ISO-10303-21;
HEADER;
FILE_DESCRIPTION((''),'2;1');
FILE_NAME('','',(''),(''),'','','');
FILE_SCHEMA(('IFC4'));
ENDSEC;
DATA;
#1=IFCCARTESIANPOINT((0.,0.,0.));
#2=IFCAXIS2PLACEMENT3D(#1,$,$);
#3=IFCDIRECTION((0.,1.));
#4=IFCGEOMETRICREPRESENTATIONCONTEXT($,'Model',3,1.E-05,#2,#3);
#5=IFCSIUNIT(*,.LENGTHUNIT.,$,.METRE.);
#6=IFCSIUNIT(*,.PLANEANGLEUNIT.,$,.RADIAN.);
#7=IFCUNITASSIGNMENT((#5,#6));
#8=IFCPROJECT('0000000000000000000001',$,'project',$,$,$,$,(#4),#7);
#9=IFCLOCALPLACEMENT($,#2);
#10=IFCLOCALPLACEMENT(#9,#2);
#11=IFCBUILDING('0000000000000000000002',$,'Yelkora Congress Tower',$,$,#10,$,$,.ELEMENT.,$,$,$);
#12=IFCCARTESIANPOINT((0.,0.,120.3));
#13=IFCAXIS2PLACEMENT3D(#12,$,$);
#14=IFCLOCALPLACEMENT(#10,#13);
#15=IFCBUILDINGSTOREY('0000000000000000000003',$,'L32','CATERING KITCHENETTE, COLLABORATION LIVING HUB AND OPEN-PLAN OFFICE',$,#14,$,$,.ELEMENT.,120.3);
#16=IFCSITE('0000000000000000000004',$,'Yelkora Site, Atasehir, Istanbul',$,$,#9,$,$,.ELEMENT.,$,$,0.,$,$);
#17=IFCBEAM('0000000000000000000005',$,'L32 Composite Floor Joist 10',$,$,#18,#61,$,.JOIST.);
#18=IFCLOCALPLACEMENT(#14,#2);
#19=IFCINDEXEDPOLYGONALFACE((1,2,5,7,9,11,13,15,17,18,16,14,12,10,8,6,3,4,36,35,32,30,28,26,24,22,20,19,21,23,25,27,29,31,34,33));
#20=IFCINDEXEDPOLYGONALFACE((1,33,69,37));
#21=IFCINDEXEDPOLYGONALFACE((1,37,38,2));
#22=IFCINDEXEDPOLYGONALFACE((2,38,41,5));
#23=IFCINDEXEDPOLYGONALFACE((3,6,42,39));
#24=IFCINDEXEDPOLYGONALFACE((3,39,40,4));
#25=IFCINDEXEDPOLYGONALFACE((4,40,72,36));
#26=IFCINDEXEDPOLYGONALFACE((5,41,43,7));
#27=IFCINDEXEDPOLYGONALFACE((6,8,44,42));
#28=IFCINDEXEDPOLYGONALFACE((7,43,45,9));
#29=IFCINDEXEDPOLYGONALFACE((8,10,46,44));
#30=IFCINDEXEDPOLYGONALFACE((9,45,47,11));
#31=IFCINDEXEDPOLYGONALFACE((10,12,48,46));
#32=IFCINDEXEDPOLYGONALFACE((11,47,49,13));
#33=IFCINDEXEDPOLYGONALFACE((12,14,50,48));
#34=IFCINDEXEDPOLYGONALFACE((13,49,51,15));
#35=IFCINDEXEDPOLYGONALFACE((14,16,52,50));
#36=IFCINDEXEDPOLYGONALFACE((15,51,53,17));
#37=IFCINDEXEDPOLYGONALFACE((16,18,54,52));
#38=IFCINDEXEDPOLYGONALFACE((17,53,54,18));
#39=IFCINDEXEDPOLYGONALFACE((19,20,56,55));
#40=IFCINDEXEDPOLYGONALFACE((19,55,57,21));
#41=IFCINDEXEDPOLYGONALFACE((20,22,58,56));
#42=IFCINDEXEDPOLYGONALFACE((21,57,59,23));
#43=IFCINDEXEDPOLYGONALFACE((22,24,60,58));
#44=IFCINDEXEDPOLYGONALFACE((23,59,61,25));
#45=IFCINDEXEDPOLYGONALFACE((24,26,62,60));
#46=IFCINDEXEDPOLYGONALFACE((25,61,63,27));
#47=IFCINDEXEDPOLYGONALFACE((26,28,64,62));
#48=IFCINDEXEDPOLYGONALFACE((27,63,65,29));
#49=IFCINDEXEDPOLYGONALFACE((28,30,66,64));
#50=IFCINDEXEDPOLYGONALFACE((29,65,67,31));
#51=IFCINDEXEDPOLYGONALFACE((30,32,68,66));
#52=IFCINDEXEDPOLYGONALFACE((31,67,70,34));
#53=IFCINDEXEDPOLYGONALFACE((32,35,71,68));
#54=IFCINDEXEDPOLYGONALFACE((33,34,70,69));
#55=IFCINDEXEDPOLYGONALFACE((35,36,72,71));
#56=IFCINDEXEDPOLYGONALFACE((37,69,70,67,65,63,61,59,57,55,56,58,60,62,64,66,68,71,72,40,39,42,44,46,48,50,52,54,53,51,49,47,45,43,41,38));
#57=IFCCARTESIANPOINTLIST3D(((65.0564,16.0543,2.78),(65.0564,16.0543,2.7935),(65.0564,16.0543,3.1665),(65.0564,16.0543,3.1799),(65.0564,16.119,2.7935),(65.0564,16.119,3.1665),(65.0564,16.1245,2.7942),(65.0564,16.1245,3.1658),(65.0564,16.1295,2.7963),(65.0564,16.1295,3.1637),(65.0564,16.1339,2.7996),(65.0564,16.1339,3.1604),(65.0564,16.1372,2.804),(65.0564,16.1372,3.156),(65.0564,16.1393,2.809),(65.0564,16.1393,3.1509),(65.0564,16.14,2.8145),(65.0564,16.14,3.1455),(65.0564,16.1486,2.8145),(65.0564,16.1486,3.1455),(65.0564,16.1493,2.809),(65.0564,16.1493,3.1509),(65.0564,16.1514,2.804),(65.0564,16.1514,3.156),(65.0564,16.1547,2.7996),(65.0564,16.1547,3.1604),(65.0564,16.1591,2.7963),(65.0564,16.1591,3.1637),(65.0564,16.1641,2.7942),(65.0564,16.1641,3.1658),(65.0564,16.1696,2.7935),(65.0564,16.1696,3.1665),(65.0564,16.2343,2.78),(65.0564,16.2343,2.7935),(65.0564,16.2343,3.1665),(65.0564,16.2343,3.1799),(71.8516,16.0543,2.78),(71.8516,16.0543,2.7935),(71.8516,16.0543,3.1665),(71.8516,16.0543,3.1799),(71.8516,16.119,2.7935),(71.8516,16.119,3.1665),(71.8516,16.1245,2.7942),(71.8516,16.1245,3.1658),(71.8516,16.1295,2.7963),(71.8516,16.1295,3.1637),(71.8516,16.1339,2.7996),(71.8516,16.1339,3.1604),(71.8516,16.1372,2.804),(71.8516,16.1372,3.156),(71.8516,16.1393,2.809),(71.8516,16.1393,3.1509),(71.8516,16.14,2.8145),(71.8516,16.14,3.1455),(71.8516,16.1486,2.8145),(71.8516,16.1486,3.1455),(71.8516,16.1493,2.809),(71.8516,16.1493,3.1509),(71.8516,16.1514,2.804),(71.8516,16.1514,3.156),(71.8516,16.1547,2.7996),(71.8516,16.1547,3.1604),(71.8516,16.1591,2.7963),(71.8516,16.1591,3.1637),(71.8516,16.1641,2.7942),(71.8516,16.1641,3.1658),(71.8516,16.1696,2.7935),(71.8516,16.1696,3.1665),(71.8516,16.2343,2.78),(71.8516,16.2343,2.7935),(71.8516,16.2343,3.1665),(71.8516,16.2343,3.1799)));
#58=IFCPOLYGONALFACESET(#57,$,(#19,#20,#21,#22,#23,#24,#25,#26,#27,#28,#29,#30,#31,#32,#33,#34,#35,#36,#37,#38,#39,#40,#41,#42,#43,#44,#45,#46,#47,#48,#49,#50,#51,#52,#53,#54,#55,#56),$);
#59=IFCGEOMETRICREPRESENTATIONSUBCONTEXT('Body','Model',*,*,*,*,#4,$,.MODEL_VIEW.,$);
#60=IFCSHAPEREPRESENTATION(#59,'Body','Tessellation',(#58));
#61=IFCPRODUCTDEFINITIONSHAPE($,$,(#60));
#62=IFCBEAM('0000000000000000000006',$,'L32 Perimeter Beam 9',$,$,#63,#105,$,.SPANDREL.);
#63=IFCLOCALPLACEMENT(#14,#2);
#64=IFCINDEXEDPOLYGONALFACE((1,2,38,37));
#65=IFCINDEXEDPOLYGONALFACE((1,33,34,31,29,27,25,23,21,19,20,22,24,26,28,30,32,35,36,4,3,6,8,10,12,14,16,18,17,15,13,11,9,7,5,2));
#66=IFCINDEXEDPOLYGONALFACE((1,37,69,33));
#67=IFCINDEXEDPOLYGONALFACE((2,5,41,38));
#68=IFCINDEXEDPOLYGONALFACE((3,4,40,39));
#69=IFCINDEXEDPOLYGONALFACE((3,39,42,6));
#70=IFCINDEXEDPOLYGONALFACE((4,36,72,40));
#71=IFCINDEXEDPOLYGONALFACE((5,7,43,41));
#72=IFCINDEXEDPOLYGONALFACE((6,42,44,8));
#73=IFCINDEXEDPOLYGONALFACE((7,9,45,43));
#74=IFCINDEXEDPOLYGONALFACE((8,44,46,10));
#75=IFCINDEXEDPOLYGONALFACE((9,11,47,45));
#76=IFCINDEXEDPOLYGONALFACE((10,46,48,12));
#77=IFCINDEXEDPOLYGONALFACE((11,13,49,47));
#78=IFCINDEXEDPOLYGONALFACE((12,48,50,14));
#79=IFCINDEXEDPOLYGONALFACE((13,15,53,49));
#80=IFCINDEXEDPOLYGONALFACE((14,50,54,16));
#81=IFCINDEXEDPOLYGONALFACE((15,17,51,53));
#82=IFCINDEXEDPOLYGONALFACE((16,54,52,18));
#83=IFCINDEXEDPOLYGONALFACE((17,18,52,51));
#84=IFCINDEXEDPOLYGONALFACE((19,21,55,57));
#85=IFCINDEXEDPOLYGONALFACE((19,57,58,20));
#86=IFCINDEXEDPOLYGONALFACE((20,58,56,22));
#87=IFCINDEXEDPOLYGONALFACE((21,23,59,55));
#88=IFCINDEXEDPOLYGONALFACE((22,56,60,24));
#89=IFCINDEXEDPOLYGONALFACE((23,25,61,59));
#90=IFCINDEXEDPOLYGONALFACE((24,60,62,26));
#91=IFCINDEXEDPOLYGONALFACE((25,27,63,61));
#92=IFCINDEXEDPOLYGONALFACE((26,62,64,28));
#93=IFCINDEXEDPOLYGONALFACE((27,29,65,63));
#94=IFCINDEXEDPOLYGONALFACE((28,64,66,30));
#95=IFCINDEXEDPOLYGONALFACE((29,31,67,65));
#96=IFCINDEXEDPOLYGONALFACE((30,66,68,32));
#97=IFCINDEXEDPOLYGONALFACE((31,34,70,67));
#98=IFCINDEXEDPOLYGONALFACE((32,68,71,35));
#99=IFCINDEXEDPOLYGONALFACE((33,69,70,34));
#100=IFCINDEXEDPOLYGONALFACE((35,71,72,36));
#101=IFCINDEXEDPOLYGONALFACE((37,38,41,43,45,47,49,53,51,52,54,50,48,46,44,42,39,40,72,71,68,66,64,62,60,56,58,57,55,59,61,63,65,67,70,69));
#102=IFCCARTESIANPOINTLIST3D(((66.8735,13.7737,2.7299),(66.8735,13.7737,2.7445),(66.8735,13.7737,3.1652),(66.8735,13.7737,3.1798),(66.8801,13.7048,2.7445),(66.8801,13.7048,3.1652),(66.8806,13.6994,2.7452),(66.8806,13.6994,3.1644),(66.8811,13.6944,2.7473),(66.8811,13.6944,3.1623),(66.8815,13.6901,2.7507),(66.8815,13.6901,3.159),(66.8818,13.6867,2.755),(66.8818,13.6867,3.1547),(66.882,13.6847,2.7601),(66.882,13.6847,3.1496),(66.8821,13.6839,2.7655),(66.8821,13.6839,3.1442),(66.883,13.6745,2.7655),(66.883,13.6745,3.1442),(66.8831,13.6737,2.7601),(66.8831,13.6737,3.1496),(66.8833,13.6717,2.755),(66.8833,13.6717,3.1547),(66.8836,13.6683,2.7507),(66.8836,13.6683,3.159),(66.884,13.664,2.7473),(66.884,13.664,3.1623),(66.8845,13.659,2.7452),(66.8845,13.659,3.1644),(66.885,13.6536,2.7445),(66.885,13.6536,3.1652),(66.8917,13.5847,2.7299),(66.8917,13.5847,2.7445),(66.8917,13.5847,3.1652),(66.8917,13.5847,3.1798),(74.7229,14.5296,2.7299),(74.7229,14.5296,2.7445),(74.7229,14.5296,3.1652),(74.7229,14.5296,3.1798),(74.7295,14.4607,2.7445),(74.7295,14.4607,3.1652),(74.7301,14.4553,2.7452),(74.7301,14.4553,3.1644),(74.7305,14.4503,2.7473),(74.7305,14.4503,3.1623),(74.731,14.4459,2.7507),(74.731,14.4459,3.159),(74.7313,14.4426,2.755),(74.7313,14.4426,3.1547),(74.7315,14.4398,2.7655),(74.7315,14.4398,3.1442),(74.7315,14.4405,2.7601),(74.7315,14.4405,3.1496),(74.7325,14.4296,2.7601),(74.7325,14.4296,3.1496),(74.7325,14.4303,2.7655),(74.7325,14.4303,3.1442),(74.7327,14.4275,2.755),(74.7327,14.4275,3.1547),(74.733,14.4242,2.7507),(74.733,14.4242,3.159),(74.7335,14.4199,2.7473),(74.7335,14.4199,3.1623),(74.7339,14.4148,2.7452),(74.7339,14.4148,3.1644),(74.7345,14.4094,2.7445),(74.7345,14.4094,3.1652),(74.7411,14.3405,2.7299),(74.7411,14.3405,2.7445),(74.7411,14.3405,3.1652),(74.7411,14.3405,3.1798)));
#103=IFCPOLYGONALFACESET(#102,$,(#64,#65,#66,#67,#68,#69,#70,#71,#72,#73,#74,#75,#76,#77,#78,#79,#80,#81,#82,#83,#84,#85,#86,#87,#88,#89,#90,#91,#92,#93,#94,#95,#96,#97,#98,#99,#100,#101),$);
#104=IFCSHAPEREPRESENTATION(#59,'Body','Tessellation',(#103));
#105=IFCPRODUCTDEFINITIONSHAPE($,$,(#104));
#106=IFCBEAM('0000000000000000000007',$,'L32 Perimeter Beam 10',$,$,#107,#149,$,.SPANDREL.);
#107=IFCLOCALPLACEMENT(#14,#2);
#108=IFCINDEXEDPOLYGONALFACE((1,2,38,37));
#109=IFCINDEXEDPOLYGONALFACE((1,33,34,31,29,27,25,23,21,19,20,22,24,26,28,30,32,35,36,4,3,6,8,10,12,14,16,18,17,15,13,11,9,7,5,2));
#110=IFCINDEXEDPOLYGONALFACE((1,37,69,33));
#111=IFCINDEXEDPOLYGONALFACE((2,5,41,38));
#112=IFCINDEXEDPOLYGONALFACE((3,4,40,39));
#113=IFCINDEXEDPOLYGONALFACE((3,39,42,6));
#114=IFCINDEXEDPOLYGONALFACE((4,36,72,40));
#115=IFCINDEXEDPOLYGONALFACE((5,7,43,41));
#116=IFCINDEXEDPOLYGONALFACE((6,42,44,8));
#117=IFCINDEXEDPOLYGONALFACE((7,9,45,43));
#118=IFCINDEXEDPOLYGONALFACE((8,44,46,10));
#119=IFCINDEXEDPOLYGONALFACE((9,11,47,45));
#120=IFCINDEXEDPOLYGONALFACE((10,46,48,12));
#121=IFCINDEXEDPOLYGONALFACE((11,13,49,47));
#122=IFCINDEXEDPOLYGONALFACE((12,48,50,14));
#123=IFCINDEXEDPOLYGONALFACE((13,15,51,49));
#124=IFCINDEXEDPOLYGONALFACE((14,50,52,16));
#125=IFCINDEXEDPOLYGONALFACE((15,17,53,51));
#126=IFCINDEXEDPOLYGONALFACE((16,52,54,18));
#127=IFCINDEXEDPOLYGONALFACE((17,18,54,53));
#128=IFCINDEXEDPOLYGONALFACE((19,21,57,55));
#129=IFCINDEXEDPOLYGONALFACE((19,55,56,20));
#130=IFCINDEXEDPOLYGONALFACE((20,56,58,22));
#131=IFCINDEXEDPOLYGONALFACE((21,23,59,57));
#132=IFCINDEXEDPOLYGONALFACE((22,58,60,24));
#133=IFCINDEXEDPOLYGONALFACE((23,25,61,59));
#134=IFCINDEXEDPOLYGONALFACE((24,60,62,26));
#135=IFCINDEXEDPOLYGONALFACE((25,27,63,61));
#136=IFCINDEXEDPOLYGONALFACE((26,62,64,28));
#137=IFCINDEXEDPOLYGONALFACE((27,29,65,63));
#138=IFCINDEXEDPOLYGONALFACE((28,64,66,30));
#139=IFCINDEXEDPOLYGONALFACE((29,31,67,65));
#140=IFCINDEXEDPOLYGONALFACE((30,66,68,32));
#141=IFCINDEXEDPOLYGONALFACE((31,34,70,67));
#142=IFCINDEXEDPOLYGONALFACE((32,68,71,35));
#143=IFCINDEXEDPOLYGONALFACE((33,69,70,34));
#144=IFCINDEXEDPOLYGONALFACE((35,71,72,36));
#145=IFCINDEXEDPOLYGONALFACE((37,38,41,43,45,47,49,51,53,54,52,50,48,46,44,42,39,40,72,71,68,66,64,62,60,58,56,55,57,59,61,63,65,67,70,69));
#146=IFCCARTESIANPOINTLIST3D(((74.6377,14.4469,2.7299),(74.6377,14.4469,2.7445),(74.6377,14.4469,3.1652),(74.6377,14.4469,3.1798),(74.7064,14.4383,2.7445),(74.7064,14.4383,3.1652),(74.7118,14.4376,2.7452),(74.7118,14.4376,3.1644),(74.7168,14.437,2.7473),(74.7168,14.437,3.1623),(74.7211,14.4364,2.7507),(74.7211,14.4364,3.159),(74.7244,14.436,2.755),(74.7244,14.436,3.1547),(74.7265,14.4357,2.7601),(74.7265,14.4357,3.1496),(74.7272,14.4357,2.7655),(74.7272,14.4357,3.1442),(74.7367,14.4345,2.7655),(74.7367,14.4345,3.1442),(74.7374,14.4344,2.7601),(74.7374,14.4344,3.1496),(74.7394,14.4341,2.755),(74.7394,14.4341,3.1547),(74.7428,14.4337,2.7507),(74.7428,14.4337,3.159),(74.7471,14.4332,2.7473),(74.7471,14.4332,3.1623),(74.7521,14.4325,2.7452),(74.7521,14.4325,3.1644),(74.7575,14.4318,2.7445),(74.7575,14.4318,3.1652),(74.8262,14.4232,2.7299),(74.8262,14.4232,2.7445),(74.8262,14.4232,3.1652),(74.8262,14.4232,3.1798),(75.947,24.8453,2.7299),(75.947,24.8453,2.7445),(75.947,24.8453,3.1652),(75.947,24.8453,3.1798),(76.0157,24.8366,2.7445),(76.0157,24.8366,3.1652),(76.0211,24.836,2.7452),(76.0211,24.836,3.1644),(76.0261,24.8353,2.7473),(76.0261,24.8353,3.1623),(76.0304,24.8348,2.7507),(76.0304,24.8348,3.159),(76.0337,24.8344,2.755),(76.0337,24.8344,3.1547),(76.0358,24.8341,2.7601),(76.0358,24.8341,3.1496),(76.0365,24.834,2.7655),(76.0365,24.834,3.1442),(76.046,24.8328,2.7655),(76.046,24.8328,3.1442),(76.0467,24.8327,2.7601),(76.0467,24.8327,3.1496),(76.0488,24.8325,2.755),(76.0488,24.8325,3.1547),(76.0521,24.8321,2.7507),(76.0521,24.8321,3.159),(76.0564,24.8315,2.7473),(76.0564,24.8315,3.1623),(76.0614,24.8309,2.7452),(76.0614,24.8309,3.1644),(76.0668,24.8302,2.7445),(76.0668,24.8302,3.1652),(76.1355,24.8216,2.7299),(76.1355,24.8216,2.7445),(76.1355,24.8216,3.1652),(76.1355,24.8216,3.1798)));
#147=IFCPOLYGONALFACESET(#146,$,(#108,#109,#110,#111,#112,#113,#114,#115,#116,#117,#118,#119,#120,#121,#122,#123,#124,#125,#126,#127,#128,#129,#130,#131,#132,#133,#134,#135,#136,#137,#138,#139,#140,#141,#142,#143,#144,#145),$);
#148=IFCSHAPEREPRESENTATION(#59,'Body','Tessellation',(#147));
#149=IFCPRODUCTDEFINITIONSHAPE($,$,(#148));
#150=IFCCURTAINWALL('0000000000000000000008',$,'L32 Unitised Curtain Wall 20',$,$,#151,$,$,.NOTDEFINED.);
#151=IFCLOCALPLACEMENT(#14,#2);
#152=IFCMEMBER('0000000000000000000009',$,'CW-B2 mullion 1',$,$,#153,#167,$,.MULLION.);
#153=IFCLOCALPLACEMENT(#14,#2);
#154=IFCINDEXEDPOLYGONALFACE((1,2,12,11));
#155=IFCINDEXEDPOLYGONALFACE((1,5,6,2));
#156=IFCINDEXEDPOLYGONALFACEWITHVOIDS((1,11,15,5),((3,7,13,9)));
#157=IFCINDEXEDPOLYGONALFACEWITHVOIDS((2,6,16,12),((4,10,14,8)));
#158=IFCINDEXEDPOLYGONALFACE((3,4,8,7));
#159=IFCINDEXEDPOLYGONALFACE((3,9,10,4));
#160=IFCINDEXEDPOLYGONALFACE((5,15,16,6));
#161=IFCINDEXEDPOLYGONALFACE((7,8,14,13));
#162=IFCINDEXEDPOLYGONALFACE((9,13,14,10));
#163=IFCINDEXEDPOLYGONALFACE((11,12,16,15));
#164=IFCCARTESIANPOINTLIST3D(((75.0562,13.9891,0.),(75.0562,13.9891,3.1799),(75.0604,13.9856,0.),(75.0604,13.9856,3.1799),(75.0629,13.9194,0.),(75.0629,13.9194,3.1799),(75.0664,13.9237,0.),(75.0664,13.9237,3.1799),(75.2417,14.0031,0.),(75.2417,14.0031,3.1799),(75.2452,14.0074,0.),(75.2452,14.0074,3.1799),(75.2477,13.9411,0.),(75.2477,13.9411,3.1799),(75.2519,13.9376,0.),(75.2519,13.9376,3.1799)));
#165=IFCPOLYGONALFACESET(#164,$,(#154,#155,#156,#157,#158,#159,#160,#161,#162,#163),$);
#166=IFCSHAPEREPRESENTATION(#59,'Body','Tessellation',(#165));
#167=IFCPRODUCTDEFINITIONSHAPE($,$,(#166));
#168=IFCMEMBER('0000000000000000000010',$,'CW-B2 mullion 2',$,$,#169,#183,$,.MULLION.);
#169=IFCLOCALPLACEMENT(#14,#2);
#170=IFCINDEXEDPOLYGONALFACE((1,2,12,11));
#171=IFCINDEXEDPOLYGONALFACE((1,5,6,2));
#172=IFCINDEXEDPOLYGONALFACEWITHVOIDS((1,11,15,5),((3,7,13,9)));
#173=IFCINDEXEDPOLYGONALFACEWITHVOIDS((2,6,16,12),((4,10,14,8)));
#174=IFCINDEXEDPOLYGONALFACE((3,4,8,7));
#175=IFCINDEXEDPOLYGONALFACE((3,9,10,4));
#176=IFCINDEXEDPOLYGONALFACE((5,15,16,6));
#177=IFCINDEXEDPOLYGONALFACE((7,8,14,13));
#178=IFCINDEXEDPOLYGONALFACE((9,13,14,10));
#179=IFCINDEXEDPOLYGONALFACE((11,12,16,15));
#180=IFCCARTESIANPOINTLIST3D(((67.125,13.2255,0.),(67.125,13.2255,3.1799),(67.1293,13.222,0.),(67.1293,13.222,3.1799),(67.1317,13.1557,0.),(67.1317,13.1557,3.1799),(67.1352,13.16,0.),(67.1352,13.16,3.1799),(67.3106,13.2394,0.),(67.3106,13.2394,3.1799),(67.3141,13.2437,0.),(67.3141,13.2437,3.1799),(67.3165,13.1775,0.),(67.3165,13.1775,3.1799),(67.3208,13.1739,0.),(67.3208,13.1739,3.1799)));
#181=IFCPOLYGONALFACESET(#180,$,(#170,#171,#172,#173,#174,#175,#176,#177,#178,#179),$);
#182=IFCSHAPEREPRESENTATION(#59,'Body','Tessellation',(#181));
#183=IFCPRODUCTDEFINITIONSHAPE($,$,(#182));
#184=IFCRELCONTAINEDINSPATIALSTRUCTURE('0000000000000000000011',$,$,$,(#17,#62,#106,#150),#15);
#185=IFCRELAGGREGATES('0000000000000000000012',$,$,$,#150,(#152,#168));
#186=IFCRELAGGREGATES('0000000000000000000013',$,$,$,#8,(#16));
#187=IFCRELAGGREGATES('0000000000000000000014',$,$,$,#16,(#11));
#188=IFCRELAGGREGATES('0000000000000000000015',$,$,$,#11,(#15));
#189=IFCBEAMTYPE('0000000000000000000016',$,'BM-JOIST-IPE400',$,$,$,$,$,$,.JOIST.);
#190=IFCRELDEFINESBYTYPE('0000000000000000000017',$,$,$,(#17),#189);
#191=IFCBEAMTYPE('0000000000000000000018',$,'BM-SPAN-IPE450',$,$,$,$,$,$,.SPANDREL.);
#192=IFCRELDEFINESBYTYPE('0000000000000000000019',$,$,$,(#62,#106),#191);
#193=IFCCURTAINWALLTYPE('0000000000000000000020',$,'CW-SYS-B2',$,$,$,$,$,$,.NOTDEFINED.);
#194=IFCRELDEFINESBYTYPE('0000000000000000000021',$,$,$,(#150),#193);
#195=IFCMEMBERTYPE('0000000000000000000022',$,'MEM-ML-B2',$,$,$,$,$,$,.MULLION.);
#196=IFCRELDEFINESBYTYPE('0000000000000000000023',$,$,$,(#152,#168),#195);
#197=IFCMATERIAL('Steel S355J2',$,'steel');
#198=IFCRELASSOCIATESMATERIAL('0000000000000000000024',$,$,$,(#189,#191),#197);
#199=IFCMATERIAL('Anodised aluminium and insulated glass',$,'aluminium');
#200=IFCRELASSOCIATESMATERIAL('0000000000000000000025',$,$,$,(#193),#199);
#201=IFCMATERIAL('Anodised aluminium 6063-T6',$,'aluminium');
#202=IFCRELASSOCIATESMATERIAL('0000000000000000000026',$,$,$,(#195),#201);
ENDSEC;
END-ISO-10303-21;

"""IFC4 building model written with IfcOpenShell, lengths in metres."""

from ifc_helpers import new_model, si_unit, direction, frame, origin, origin_2d, place, context, subcontext, project, spatial, hollow_rectangle, i_section, extrude, material, material_profile, profile_set, type_object, element, aggregate, save


model = new_model("IFC4")

# Units and contexts
model_context = context("Model", 3, precision=1e-05, world=origin(), true_north=direction((0.0, 1.0)))
body_context = subcontext(model_context, "Body", "Model", "MODEL_VIEW")
ifc_project = project(units=[si_unit("LENGTHUNIT", "METRE"), si_unit("PLANEANGLEUNIT", "RADIAN")], contexts=[model_context])

# Site, building, storey
site_placement = place(None, origin())
site = spatial("IfcSite", under=ifc_project, at=site_placement, Name="Yelkora Site, Atasehir, Istanbul", CompositionType="ELEMENT", RefElevation=0.0)
building_placement = place(site_placement, origin())
building = spatial("IfcBuilding", under=site, at=building_placement, Name="Yelkora Congress Tower", CompositionType="ELEMENT")
storey_placement = place(building_placement, frame((0.0, 0.0, 120.3)))
storey = spatial("IfcBuildingStorey", under=building, at=storey_placement, Name="L32", Description="CATERING KITCHENETTE, COLLABORATION LIVING HUB AND OPEN-PLAN OFFICE", CompositionType="ELEMENT", Elevation=120.3)

# Beams
ifc_material_1 = material(Name="Steel S355J2", Category="steel")
ifc_material_profile_1 = material_profile(ifc_material_1, i_section(OverallWidth=0.1799, OverallDepth=0.3999, WebThickness=0.0085, FlangeThickness=0.0134, FilletRadius=0.021, at=origin_2d()), Name="IPE 400")
ifc_profile_set_1 = profile_set([ifc_material_profile_1], Name="Steel S355J2")
beam_type_1 = type_object("IfcBeamType", Name="BM-JOIST-IPE400", PredefinedType="JOIST", material=ifc_profile_set_1)
beam_1_placement = place(storey_placement, frame((65.0564, 16.1443, 2.98), z_axis=(1.0, 0.0, 0.0), x_axis=(0.0, 1.0, 0.0)))
element("IfcBeam", 1, at=beam_1_placement, inside=storey, type_object=beam_type_1, Name="L32 Composite Floor Joist 10", PredefinedType="JOIST", context=body_context, shape_type="SweptSolid", body=[
    extrude(i_section(OverallWidth=0.1799, OverallDepth=0.3999, WebThickness=0.0085, FlangeThickness=0.0134, FilletRadius=0.021, at=origin_2d()), origin(), (0.0, 0.0, 1.0), 6.7952),
])
ifc_material_profile_2 = material_profile(ifc_material_1, i_section(OverallWidth=0.1899, OverallDepth=0.45, WebThickness=0.0095, FlangeThickness=0.0146, FilletRadius=0.021, at=origin_2d()), Name="IPE 450")
ifc_profile_set_2 = profile_set([ifc_material_profile_2], Name="Steel S355J2")
beam_type_2 = type_object("IfcBeamType", Name="BM-SPAN-IPE450", PredefinedType="SPANDREL", material=ifc_profile_set_2)
beam_2_placement = place(storey_placement, frame((66.8826, 13.6792, 2.9548), z_axis=(0.995396, 0.095852, 0.0), x_axis=(-0.095852, 0.995396, 0.0)))
element("IfcBeam", 2, at=beam_2_placement, inside=storey, type_object=beam_type_2, Name="L32 Perimeter Beam 9", PredefinedType="SPANDREL", context=body_context, shape_type="SweptSolid", body=[
    extrude(i_section(OverallWidth=0.1899, OverallDepth=0.45, WebThickness=0.0095, FlangeThickness=0.0146, FilletRadius=0.021, at=origin_2d()), origin(), (0.0, 0.0, 1.0), 7.8857),
])
beam_3_placement = place(storey_placement, frame((74.7319, 14.4351, 2.9548), z_axis=(0.124929, 0.992166, 0.0), x_axis=(-0.992166, 0.124929, 0.0)))
element("IfcBeam", 3, at=beam_3_placement, inside=storey, type_object=beam_type_2, Name="L32 Perimeter Beam 10", PredefinedType="SPANDREL", context=body_context, shape_type="SweptSolid", body=[
    extrude(i_section(OverallWidth=0.1899, OverallDepth=0.45, WebThickness=0.0095, FlangeThickness=0.0146, FilletRadius=0.021, at=origin_2d()), origin(), (0.0, 0.0, 1.0), 10.4805),
])

# Curtain wall, members
ifc_material_2 = material(Name="Anodised aluminium and insulated glass", Category="aluminium")
curtain_wall_type = type_object("IfcCurtainWallType", Name="CW-SYS-B2", PredefinedType="NOTDEFINED", material=ifc_material_2)
curtain_wall_placement = place(storey_placement, origin())
curtain_wall = element("IfcCurtainWall", 4, at=curtain_wall_placement, inside=storey, type_object=curtain_wall_type, Name="L32 Unitised Curtain Wall 20", PredefinedType="NOTDEFINED")
ifc_material_3 = material(Name="Anodised aluminium 6063-T6", Category="aluminium")
ifc_material_profile_3 = material_profile(ifc_material_3, hollow_rectangle(XDim=0.0701, YDim=0.1899, WallThickness=0.0039, at=origin_2d()), Name="ALU 70x190x4")
ifc_profile_set_3 = profile_set([ifc_material_profile_3], Name="Anodised aluminium 6063-T6")
member_type_1 = type_object("IfcMemberType", Name="MEM-ML-B2", PredefinedType="MULLION", material=ifc_profile_set_3)
member_1_placement = place(storey_placement, frame((75.1541, 13.9634, 0.0), z_axis=(0.0, 0.0, 1.0), x_axis=(0.095844, -0.995396, 0.0)))
member_1 = element("IfcMember", 5, at=member_1_placement, type_object=member_type_1, Name="CW-B2 mullion 1", PredefinedType="MULLION", context=body_context, shape_type="SweptSolid", body=[
    extrude(hollow_rectangle(XDim=0.0701, YDim=0.1899, WallThickness=0.0039, at=origin_2d()), origin(), (0.0, 0.0, 1.0), 3.1799),
])
member_2_placement = place(storey_placement, frame((67.2229, 13.1997, 0.0), z_axis=(0.0, 0.0, 1.0), x_axis=(0.095844, -0.995396, 0.0)))
member_2 = element("IfcMember", 6, at=member_2_placement, type_object=member_type_1, Name="CW-B2 mullion 2", PredefinedType="MULLION", context=body_context, shape_type="SweptSolid", body=[
    extrude(hollow_rectangle(XDim=0.0701, YDim=0.1899, WallThickness=0.0039, at=origin_2d()), origin(), (0.0, 0.0, 1.0), 3.1799),
])
aggregate(curtain_wall, [member_1, member_2])

save(model, "model.ifc")
